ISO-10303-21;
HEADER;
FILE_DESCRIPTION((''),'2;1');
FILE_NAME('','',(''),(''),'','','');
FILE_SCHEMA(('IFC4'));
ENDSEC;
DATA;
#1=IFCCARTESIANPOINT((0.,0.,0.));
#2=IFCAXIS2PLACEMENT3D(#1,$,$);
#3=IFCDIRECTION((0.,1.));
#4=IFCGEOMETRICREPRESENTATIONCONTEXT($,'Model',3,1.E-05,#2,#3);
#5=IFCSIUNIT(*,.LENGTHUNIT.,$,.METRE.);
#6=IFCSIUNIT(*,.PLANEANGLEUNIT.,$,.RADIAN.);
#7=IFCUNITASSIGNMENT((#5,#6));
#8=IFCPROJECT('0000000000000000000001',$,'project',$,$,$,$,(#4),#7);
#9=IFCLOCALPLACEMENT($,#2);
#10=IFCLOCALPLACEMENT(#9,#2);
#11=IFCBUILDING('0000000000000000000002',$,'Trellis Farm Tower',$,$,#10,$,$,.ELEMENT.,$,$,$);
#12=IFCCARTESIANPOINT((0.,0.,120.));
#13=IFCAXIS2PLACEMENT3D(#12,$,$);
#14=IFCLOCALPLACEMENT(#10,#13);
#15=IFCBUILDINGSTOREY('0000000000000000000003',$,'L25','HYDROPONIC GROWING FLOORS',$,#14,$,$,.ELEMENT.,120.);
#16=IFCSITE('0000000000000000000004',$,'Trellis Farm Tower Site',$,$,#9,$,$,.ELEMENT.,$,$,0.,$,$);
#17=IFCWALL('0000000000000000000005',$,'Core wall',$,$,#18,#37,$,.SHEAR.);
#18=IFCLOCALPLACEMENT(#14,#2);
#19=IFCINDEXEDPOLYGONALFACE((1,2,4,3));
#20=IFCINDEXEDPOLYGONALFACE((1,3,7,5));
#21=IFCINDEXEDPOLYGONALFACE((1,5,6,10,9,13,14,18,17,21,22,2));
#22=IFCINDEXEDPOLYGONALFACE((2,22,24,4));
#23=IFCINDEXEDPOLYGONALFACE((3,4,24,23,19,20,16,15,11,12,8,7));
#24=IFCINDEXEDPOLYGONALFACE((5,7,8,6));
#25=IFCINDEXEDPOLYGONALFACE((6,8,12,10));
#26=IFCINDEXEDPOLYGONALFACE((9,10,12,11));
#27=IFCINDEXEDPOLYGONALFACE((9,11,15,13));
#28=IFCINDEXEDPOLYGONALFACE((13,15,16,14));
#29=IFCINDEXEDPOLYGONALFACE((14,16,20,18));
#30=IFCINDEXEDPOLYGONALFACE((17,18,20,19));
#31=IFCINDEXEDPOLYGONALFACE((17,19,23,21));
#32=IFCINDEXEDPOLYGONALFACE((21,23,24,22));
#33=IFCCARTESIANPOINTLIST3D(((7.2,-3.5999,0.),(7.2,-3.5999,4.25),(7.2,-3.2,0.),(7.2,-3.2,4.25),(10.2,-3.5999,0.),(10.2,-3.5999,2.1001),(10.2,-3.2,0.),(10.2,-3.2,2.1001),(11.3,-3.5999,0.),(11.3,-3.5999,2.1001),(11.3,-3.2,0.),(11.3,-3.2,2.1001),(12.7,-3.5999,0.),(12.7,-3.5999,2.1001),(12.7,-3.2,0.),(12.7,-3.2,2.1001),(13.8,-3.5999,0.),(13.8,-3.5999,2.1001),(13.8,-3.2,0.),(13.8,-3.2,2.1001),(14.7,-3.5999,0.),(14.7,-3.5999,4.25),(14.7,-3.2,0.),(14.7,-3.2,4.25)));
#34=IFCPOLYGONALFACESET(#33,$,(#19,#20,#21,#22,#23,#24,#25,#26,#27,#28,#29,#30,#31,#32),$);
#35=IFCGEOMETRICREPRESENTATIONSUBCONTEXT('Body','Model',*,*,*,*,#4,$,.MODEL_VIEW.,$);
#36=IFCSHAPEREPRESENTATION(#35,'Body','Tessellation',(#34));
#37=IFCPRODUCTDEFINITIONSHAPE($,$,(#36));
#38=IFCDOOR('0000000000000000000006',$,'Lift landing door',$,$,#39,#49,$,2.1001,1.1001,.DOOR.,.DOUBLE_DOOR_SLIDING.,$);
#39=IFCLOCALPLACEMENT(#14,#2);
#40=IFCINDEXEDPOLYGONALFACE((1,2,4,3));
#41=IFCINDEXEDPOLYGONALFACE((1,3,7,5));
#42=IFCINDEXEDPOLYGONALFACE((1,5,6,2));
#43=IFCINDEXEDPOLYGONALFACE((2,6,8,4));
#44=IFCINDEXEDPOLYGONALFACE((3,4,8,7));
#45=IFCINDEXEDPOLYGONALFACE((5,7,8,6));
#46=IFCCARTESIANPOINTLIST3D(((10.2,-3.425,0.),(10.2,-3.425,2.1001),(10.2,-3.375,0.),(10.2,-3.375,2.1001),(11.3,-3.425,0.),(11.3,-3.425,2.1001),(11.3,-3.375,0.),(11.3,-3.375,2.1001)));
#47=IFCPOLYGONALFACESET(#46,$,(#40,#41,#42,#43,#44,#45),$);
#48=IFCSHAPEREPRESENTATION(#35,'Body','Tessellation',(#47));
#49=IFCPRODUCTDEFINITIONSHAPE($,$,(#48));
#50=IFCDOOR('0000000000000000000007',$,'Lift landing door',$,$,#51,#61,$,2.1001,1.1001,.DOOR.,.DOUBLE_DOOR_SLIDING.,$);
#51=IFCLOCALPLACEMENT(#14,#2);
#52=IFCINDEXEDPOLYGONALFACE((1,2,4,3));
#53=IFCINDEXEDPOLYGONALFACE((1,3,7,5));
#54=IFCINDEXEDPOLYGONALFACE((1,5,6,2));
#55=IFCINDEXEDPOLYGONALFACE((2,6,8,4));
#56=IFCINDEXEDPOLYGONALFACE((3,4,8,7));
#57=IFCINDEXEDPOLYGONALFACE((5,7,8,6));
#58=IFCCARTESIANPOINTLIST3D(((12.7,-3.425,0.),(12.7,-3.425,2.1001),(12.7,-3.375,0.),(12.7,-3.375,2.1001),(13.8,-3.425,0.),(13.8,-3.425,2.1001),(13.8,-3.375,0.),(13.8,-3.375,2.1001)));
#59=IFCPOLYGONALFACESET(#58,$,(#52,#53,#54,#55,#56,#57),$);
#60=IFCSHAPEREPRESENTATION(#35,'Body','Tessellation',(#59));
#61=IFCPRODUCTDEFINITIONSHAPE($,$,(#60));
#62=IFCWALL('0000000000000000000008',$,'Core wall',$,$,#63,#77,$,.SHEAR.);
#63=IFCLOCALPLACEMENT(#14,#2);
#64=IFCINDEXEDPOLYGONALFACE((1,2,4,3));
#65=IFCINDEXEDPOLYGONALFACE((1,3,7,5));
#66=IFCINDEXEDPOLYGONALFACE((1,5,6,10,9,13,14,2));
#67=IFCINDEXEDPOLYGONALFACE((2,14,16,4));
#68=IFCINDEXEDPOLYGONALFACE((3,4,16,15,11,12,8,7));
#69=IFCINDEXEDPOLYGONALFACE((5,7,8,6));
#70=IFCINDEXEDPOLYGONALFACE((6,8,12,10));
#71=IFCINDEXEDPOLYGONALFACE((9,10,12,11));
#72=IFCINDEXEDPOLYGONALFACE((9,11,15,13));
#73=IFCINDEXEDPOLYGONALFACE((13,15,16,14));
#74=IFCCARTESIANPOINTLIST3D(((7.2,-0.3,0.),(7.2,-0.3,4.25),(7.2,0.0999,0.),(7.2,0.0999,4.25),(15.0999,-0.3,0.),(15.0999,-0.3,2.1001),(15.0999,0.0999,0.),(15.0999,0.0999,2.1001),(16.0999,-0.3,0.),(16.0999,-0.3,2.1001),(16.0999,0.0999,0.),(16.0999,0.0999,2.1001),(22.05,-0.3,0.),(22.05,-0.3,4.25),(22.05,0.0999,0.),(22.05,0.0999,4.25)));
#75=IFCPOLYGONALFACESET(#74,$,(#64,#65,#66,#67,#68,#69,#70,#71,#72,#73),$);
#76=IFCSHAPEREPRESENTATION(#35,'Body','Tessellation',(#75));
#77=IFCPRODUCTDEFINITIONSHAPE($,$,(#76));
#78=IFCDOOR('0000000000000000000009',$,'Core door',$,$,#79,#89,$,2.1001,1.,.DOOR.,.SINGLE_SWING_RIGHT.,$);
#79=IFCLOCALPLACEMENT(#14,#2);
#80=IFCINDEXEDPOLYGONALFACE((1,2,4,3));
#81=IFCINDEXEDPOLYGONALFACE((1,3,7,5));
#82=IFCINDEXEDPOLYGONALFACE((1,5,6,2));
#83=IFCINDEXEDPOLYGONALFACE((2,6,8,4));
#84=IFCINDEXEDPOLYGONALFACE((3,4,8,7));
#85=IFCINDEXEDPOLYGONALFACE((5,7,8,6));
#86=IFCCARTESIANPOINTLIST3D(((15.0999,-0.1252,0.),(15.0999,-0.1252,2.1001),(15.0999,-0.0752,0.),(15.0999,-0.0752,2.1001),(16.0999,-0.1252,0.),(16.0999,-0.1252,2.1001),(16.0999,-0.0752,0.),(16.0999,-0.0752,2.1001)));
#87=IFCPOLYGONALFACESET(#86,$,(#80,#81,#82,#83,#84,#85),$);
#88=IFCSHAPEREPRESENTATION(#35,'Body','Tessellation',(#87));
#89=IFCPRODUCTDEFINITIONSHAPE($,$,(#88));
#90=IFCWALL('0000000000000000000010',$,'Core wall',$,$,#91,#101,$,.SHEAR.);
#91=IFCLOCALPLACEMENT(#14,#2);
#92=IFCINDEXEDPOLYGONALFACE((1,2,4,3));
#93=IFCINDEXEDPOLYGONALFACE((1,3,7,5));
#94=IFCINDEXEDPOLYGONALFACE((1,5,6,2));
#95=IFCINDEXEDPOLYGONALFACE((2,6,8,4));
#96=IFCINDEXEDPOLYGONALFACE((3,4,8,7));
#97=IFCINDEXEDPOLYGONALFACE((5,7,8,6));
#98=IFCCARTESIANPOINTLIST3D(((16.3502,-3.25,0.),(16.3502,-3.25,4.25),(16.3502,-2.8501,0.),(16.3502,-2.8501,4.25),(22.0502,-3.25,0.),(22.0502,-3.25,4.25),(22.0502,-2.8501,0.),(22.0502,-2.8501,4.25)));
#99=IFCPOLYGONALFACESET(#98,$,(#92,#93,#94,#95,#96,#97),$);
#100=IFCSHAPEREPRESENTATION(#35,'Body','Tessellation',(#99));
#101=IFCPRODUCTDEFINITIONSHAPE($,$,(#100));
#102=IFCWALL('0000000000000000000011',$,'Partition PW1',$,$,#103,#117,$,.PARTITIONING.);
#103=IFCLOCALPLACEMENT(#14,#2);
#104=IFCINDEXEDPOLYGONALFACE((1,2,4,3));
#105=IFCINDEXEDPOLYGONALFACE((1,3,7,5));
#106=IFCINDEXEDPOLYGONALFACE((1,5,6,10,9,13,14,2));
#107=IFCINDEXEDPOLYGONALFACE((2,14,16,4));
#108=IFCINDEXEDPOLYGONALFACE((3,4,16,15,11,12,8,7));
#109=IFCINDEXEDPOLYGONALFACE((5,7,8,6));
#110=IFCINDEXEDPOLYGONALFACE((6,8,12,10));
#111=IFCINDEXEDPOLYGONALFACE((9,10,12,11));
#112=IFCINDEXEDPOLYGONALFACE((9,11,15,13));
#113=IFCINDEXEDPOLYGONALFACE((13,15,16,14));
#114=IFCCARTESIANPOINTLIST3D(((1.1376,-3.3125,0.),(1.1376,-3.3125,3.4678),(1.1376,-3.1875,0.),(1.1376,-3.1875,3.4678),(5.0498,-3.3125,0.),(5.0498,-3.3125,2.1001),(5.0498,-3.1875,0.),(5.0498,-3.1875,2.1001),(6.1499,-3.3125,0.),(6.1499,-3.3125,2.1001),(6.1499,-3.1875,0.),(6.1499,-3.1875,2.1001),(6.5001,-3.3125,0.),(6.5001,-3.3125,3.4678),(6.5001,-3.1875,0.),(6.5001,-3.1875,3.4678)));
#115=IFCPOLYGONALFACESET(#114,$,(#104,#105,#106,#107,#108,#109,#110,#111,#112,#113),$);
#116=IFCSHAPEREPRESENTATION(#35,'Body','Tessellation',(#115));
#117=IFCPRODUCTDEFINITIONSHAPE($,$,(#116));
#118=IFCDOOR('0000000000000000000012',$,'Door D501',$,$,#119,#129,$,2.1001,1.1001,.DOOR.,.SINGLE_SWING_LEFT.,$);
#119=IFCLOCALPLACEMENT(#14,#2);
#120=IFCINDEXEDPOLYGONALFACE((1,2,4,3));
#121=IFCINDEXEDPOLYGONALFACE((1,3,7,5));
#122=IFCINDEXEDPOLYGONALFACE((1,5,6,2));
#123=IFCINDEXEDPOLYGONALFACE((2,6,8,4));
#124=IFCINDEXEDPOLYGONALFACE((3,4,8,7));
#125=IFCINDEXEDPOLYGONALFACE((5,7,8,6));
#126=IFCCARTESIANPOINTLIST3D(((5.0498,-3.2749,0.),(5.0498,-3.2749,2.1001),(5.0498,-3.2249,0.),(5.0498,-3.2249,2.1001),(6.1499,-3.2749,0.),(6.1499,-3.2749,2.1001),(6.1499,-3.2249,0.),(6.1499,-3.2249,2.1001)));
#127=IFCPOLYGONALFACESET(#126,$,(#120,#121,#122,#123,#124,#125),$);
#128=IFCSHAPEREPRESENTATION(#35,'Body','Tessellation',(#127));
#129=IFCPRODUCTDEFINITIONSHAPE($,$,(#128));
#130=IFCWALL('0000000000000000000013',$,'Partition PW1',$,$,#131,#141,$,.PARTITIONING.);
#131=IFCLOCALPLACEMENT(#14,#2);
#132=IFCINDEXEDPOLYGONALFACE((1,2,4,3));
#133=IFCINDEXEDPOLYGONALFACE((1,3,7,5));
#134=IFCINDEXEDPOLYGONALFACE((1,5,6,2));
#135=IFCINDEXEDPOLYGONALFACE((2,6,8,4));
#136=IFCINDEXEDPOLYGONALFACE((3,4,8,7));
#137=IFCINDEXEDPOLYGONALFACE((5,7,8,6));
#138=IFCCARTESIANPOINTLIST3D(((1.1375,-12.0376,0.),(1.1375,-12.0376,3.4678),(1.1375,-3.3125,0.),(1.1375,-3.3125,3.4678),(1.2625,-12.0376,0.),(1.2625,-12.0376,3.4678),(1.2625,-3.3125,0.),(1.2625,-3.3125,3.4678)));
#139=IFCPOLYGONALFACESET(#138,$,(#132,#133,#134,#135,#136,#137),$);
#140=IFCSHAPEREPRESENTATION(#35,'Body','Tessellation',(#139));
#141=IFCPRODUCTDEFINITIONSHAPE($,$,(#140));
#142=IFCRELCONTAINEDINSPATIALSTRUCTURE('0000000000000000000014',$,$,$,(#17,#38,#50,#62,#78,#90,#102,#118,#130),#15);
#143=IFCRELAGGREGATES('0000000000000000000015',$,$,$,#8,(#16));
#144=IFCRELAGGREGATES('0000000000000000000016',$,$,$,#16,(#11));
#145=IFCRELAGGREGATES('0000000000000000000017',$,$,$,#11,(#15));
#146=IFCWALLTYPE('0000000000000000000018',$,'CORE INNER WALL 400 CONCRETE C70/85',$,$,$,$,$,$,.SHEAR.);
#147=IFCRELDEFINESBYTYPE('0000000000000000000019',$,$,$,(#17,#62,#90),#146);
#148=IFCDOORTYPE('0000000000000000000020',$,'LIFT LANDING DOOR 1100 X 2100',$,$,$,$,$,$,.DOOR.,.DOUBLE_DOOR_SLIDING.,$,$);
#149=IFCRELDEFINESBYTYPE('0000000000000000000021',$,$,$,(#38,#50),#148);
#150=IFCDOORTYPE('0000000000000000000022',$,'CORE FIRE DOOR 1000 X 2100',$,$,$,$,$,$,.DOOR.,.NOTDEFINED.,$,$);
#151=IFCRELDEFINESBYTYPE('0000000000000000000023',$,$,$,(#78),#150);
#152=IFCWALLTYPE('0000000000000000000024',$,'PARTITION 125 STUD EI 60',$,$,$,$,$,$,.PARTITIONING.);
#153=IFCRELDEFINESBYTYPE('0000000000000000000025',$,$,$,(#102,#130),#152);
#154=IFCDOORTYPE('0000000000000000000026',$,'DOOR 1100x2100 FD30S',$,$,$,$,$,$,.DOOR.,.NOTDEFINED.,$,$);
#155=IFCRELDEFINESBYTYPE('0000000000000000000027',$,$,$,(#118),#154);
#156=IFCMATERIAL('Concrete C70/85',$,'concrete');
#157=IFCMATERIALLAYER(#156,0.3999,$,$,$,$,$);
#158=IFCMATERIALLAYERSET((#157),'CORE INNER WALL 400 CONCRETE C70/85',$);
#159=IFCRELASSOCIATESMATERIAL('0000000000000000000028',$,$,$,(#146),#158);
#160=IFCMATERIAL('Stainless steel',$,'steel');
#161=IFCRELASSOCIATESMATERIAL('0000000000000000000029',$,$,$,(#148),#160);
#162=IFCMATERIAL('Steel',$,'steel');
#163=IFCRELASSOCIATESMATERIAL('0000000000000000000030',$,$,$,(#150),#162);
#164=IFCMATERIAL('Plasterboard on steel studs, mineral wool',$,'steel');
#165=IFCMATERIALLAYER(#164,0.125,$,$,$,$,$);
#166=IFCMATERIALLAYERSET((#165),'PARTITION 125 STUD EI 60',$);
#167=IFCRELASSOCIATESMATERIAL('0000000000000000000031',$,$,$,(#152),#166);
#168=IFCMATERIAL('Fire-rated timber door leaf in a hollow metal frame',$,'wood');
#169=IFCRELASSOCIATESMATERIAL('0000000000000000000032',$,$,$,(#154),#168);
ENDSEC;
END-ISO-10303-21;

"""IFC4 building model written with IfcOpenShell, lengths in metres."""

from ifc_helpers import new_model, si_unit, direction, frame, frame_2d, origin, place, context, subcontext, project, spatial, rectangle, extrude, source, transform, mapped, material, layer, layer_set, type_object, element, fill, save


model = new_model("IFC4")

# Units and contexts
model_context = context("Model", 3, precision=1e-05, world=origin(), true_north=direction((0.0, 1.0)))
body_context = subcontext(model_context, "Body", "Model", "MODEL_VIEW")
ifc_project = project(units=[si_unit("LENGTHUNIT", "METRE"), si_unit("PLANEANGLEUNIT", "RADIAN")], contexts=[model_context])

# Site, building, storey
site_placement = place(None, origin())
site = spatial("IfcSite", under=ifc_project, at=site_placement, Name="Trellis Farm Tower Site", CompositionType="ELEMENT", RefElevation=0.0)
building_placement = place(site_placement, origin())
building = spatial("IfcBuilding", under=site, at=building_placement, Name="Trellis Farm Tower", CompositionType="ELEMENT")
storey_placement = place(building_placement, frame((0.0, 0.0, 120.0)))
storey = spatial("IfcBuildingStorey", under=building, at=storey_placement, Name="L25", Description="HYDROPONIC GROWING FLOORS", CompositionType="ELEMENT", Elevation=120.0)

# Wall, openings, doors
ifc_material_1 = material(Name="Concrete C70/85", Category="concrete")
ifc_layer_1 = layer(ifc_material_1, 0.3999)
ifc_layer_set_1 = layer_set([ifc_layer_1], Name="CORE INNER WALL 400 CONCRETE C70/85")
wall_type_1 = type_object("IfcWallType", Name="CORE INNER WALL 400 CONCRETE C70/85", PredefinedType="SHEAR", material=ifc_layer_set_1)
shared_shape_1 = source(origin(), body_context, "Body", "SweptSolid", [
    extrude(rectangle(XDim=7.5, YDim=0.3999, at=frame_2d((3.75, 0.0))), origin(), (0.0, 0.0, 1.0), 4.25),
])
wall_1_placement = place(storey_placement, frame((7.2, -3.3999, 0.0), z_axis=(0.0, 0.0, 1.0), x_axis=(1.0, 0.0, 0.0)))
wall_1 = element("IfcWall", 1, at=wall_1_placement, inside=storey, type_object=wall_type_1, Name="Core wall", PredefinedType="SHEAR", context=body_context, shape_type="MappedRepresentation", body=[
    mapped(shared_shape_1, transform((0.0, 0.0, 0.0))),
])
shared_shape_2 = source(origin(), body_context, "Body", "SweptSolid", [
    extrude(rectangle(XDim=1.1001, YDim=2.1001, at=frame_2d((0.55, 1.05))), frame((0.0, 0.21, 0.0), z_axis=(0.0, -1.0, 0.0), x_axis=(1.0, 0.0, 0.0)), (0.0, 0.0, 1.0), 0.4199),
])
opening_1_placement = place(wall_1_placement, frame((3.0, 0.0, 0.0)))
opening_1 = element("IfcOpeningElement", 2, at=opening_1_placement, cuts=wall_1, PredefinedType="OPENING", context=body_context, shape_type="MappedRepresentation", body=[
    mapped(shared_shape_2, transform((0.0, 0.0, 0.0))),
])
opening_2_placement = place(wall_1_placement, frame((5.5, 0.0, 0.0)))
opening_2 = element("IfcOpeningElement", 3, at=opening_2_placement, cuts=wall_1, PredefinedType="OPENING", context=body_context, shape_type="MappedRepresentation", body=[
    mapped(shared_shape_2, transform((0.0, 0.0, 0.0))),
])
ifc_material_2 = material(Name="Stainless steel", Category="steel")
door_type_1 = type_object("IfcDoorType", Name="LIFT LANDING DOOR 1100 X 2100", OperationType="DOUBLE_DOOR_SLIDING", PredefinedType="DOOR", material=ifc_material_2)
shared_shape_3 = source(origin(), body_context, "Body", "SweptSolid", [
    extrude(rectangle(XDim=1.1001, YDim=2.1001, at=frame_2d((0.55, 1.05))), frame((0.0, 0.0249, 0.0), z_axis=(0.0, -1.0, 0.0), x_axis=(1.0, 0.0, 0.0)), (0.0, 0.0, 1.0), 0.05),
])
door_1_placement = place(opening_1_placement, origin())
door_1 = element("IfcDoor", 4, at=door_1_placement, inside=storey, type_object=door_type_1, Name="Lift landing door", OperationType="DOUBLE_DOOR_SLIDING", OverallHeight=2.1001, OverallWidth=1.1001, PredefinedType="DOOR", context=body_context, shape_type="MappedRepresentation", body=[
    mapped(shared_shape_3, transform((0.0, 0.0, 0.0))),
])
fill(opening_1, door_1)
door_2_placement = place(opening_2_placement, origin())
door_2 = element("IfcDoor", 5, at=door_2_placement, inside=storey, type_object=door_type_1, Name="Lift landing door", OperationType="DOUBLE_DOOR_SLIDING", OverallHeight=2.1001, OverallWidth=1.1001, PredefinedType="DOOR", context=body_context, shape_type="MappedRepresentation", body=[
    mapped(shared_shape_3, transform((0.0, 0.0, 0.0))),
])
fill(opening_2, door_2)

# Wall, opening, door
shared_shape_4 = source(origin(), body_context, "Body", "SweptSolid", [
    extrude(rectangle(XDim=14.8501, YDim=0.3999, at=frame_2d((7.425, 0.0))), origin(), (0.0, 0.0, 1.0), 4.25),
])
wall_2_placement = place(storey_placement, frame((7.2, -0.1001, 0.0), z_axis=(0.0, 0.0, 1.0), x_axis=(1.0, 0.0, 0.0)))
wall_2 = element("IfcWall", 6, at=wall_2_placement, inside=storey, type_object=wall_type_1, Name="Core wall", PredefinedType="SHEAR", context=body_context, shape_type="MappedRepresentation", body=[
    mapped(shared_shape_4, transform((0.0, 0.0, 0.0))),
])
shared_shape_5 = source(origin(), body_context, "Body", "SweptSolid", [
    extrude(rectangle(XDim=1.0, YDim=2.1001, at=frame_2d((0.5, 1.05))), frame((0.0, 0.21, 0.0), z_axis=(0.0, -1.0, 0.0), x_axis=(1.0, 0.0, 0.0)), (0.0, 0.0, 1.0), 0.4199),
])
opening_3_placement = place(wall_2_placement, frame((7.8999, 0.0, 0.0)))
opening_3 = element("IfcOpeningElement", 7, at=opening_3_placement, cuts=wall_2, PredefinedType="OPENING", context=body_context, shape_type="MappedRepresentation", body=[
    mapped(shared_shape_5, transform((0.0, 0.0, 0.0))),
])
ifc_material_3 = material(Name="Steel", Category="steel")
door_type_2 = type_object("IfcDoorType", Name="CORE FIRE DOOR 1000 X 2100", OperationType="NOTDEFINED", PredefinedType="DOOR", material=ifc_material_3)
shared_shape_6 = source(origin(), body_context, "Body", "SweptSolid", [
    extrude(rectangle(XDim=1.0, YDim=2.1001, at=frame_2d((0.5, 1.05))), frame((0.0, 0.0249, 0.0), z_axis=(0.0, -1.0, 0.0), x_axis=(1.0, 0.0, 0.0)), (0.0, 0.0, 1.0), 0.05),
])
door_3_placement = place(opening_3_placement, origin())
door_3 = element("IfcDoor", 8, at=door_3_placement, inside=storey, type_object=door_type_2, Name="Core door", OperationType="SINGLE_SWING_RIGHT", OverallHeight=2.1001, OverallWidth=1.0, PredefinedType="DOOR", context=body_context, shape_type="MappedRepresentation", body=[
    mapped(shared_shape_6, transform((0.0, 0.0, 0.0))),
])
fill(opening_3, door_3)

# Wall
shared_shape_7 = source(origin(), body_context, "Body", "SweptSolid", [
    extrude(rectangle(XDim=5.7, YDim=0.3999, at=frame_2d((2.8501, 0.0))), origin(), (0.0, 0.0, 1.0), 4.25),
])
wall_3_placement = place(storey_placement, frame((16.3501, -3.05, 0.0), z_axis=(0.0, 0.0, 1.0), x_axis=(1.0, 0.0, 0.0)))
element("IfcWall", 9, at=wall_3_placement, inside=storey, type_object=wall_type_1, Name="Core wall", PredefinedType="SHEAR", context=body_context, shape_type="MappedRepresentation", body=[
    mapped(shared_shape_7, transform((0.0, 0.0, 0.0))),
])

# Wall, opening, door
ifc_material_4 = material(Name="Plasterboard on steel studs, mineral wool", Category="steel")
ifc_layer_2 = layer(ifc_material_4, 0.125)
ifc_layer_set_2 = layer_set([ifc_layer_2], Name="PARTITION 125 STUD EI 60")
wall_type_2 = type_object("IfcWallType", Name="PARTITION 125 STUD EI 60", PredefinedType="PARTITIONING", material=ifc_layer_set_2)
shared_shape_8 = source(origin(), body_context, "Body", "SweptSolid", [
    extrude(rectangle(XDim=5.3625, YDim=0.125, at=frame_2d((2.6812, 0.0))), origin(), (0.0, 0.0, 1.0), 3.4678),
])
wall_4_placement = place(storey_placement, frame((6.5, -3.25, 0.0), z_axis=(0.0, 0.0, 1.0), x_axis=(-1.0, 0.0, 0.0)))
wall_4 = element("IfcWall", 10, at=wall_4_placement, inside=storey, type_object=wall_type_2, Name="Partition PW1", PredefinedType="PARTITIONING", context=body_context, shape_type="MappedRepresentation", body=[
    mapped(shared_shape_8, transform((0.0, 0.0, 0.0))),
])
shared_shape_9 = source(origin(), body_context, "Body", "SweptSolid", [
    extrude(rectangle(XDim=1.1001, YDim=2.1001, at=frame_2d((0.55, 1.05))), frame((0.0, 0.0725, 0.0), z_axis=(0.0, -1.0, 0.0), x_axis=(1.0, 0.0, 0.0)), (0.0, 0.0, 1.0), 0.145),
])
opening_4_placement = place(wall_4_placement, frame((0.3501, 0.0, 0.0)))
opening_4 = element("IfcOpeningElement", 11, at=opening_4_placement, cuts=wall_4, PredefinedType="OPENING", context=body_context, shape_type="MappedRepresentation", body=[
    mapped(shared_shape_9, transform((0.0, 0.0, 0.0))),
])
ifc_material_5 = material(Name="Fire-rated timber door leaf in a hollow metal frame", Category="wood")
door_type_3 = type_object("IfcDoorType", Name="DOOR 1100x2100 FD30S", OperationType="NOTDEFINED", PredefinedType="DOOR", material=ifc_material_5)
door_4_placement = place(opening_4_placement, origin())
door_4 = element("IfcDoor", 12, at=door_4_placement, inside=storey, type_object=door_type_3, Name="Door D501", OperationType="SINGLE_SWING_LEFT", OverallHeight=2.1001, OverallWidth=1.1001, PredefinedType="DOOR", context=body_context, shape_type="MappedRepresentation", body=[
    mapped(shared_shape_3, transform((0.0, 0.0, 0.0))),
])
fill(opening_4, door_4)

# Wall
shared_shape_10 = source(origin(), body_context, "Body", "SweptSolid", [
    extrude(rectangle(XDim=8.7251, YDim=0.125, at=frame_2d((4.3625, 0.0))), origin(), (0.0, 0.0, 1.0), 3.4678),
])
wall_5_placement = place(storey_placement, frame((1.2, -3.3125, 0.0), z_axis=(0.0, 0.0, 1.0), x_axis=(0.0, -1.0, 0.0)))
element("IfcWall", 13, at=wall_5_placement, inside=storey, type_object=wall_type_2, Name="Partition PW1", PredefinedType="PARTITIONING", context=body_context, shape_type="MappedRepresentation", body=[
    mapped(shared_shape_10, transform((0.0, 0.0, 0.0))),
])

save(model, "model.ifc")
